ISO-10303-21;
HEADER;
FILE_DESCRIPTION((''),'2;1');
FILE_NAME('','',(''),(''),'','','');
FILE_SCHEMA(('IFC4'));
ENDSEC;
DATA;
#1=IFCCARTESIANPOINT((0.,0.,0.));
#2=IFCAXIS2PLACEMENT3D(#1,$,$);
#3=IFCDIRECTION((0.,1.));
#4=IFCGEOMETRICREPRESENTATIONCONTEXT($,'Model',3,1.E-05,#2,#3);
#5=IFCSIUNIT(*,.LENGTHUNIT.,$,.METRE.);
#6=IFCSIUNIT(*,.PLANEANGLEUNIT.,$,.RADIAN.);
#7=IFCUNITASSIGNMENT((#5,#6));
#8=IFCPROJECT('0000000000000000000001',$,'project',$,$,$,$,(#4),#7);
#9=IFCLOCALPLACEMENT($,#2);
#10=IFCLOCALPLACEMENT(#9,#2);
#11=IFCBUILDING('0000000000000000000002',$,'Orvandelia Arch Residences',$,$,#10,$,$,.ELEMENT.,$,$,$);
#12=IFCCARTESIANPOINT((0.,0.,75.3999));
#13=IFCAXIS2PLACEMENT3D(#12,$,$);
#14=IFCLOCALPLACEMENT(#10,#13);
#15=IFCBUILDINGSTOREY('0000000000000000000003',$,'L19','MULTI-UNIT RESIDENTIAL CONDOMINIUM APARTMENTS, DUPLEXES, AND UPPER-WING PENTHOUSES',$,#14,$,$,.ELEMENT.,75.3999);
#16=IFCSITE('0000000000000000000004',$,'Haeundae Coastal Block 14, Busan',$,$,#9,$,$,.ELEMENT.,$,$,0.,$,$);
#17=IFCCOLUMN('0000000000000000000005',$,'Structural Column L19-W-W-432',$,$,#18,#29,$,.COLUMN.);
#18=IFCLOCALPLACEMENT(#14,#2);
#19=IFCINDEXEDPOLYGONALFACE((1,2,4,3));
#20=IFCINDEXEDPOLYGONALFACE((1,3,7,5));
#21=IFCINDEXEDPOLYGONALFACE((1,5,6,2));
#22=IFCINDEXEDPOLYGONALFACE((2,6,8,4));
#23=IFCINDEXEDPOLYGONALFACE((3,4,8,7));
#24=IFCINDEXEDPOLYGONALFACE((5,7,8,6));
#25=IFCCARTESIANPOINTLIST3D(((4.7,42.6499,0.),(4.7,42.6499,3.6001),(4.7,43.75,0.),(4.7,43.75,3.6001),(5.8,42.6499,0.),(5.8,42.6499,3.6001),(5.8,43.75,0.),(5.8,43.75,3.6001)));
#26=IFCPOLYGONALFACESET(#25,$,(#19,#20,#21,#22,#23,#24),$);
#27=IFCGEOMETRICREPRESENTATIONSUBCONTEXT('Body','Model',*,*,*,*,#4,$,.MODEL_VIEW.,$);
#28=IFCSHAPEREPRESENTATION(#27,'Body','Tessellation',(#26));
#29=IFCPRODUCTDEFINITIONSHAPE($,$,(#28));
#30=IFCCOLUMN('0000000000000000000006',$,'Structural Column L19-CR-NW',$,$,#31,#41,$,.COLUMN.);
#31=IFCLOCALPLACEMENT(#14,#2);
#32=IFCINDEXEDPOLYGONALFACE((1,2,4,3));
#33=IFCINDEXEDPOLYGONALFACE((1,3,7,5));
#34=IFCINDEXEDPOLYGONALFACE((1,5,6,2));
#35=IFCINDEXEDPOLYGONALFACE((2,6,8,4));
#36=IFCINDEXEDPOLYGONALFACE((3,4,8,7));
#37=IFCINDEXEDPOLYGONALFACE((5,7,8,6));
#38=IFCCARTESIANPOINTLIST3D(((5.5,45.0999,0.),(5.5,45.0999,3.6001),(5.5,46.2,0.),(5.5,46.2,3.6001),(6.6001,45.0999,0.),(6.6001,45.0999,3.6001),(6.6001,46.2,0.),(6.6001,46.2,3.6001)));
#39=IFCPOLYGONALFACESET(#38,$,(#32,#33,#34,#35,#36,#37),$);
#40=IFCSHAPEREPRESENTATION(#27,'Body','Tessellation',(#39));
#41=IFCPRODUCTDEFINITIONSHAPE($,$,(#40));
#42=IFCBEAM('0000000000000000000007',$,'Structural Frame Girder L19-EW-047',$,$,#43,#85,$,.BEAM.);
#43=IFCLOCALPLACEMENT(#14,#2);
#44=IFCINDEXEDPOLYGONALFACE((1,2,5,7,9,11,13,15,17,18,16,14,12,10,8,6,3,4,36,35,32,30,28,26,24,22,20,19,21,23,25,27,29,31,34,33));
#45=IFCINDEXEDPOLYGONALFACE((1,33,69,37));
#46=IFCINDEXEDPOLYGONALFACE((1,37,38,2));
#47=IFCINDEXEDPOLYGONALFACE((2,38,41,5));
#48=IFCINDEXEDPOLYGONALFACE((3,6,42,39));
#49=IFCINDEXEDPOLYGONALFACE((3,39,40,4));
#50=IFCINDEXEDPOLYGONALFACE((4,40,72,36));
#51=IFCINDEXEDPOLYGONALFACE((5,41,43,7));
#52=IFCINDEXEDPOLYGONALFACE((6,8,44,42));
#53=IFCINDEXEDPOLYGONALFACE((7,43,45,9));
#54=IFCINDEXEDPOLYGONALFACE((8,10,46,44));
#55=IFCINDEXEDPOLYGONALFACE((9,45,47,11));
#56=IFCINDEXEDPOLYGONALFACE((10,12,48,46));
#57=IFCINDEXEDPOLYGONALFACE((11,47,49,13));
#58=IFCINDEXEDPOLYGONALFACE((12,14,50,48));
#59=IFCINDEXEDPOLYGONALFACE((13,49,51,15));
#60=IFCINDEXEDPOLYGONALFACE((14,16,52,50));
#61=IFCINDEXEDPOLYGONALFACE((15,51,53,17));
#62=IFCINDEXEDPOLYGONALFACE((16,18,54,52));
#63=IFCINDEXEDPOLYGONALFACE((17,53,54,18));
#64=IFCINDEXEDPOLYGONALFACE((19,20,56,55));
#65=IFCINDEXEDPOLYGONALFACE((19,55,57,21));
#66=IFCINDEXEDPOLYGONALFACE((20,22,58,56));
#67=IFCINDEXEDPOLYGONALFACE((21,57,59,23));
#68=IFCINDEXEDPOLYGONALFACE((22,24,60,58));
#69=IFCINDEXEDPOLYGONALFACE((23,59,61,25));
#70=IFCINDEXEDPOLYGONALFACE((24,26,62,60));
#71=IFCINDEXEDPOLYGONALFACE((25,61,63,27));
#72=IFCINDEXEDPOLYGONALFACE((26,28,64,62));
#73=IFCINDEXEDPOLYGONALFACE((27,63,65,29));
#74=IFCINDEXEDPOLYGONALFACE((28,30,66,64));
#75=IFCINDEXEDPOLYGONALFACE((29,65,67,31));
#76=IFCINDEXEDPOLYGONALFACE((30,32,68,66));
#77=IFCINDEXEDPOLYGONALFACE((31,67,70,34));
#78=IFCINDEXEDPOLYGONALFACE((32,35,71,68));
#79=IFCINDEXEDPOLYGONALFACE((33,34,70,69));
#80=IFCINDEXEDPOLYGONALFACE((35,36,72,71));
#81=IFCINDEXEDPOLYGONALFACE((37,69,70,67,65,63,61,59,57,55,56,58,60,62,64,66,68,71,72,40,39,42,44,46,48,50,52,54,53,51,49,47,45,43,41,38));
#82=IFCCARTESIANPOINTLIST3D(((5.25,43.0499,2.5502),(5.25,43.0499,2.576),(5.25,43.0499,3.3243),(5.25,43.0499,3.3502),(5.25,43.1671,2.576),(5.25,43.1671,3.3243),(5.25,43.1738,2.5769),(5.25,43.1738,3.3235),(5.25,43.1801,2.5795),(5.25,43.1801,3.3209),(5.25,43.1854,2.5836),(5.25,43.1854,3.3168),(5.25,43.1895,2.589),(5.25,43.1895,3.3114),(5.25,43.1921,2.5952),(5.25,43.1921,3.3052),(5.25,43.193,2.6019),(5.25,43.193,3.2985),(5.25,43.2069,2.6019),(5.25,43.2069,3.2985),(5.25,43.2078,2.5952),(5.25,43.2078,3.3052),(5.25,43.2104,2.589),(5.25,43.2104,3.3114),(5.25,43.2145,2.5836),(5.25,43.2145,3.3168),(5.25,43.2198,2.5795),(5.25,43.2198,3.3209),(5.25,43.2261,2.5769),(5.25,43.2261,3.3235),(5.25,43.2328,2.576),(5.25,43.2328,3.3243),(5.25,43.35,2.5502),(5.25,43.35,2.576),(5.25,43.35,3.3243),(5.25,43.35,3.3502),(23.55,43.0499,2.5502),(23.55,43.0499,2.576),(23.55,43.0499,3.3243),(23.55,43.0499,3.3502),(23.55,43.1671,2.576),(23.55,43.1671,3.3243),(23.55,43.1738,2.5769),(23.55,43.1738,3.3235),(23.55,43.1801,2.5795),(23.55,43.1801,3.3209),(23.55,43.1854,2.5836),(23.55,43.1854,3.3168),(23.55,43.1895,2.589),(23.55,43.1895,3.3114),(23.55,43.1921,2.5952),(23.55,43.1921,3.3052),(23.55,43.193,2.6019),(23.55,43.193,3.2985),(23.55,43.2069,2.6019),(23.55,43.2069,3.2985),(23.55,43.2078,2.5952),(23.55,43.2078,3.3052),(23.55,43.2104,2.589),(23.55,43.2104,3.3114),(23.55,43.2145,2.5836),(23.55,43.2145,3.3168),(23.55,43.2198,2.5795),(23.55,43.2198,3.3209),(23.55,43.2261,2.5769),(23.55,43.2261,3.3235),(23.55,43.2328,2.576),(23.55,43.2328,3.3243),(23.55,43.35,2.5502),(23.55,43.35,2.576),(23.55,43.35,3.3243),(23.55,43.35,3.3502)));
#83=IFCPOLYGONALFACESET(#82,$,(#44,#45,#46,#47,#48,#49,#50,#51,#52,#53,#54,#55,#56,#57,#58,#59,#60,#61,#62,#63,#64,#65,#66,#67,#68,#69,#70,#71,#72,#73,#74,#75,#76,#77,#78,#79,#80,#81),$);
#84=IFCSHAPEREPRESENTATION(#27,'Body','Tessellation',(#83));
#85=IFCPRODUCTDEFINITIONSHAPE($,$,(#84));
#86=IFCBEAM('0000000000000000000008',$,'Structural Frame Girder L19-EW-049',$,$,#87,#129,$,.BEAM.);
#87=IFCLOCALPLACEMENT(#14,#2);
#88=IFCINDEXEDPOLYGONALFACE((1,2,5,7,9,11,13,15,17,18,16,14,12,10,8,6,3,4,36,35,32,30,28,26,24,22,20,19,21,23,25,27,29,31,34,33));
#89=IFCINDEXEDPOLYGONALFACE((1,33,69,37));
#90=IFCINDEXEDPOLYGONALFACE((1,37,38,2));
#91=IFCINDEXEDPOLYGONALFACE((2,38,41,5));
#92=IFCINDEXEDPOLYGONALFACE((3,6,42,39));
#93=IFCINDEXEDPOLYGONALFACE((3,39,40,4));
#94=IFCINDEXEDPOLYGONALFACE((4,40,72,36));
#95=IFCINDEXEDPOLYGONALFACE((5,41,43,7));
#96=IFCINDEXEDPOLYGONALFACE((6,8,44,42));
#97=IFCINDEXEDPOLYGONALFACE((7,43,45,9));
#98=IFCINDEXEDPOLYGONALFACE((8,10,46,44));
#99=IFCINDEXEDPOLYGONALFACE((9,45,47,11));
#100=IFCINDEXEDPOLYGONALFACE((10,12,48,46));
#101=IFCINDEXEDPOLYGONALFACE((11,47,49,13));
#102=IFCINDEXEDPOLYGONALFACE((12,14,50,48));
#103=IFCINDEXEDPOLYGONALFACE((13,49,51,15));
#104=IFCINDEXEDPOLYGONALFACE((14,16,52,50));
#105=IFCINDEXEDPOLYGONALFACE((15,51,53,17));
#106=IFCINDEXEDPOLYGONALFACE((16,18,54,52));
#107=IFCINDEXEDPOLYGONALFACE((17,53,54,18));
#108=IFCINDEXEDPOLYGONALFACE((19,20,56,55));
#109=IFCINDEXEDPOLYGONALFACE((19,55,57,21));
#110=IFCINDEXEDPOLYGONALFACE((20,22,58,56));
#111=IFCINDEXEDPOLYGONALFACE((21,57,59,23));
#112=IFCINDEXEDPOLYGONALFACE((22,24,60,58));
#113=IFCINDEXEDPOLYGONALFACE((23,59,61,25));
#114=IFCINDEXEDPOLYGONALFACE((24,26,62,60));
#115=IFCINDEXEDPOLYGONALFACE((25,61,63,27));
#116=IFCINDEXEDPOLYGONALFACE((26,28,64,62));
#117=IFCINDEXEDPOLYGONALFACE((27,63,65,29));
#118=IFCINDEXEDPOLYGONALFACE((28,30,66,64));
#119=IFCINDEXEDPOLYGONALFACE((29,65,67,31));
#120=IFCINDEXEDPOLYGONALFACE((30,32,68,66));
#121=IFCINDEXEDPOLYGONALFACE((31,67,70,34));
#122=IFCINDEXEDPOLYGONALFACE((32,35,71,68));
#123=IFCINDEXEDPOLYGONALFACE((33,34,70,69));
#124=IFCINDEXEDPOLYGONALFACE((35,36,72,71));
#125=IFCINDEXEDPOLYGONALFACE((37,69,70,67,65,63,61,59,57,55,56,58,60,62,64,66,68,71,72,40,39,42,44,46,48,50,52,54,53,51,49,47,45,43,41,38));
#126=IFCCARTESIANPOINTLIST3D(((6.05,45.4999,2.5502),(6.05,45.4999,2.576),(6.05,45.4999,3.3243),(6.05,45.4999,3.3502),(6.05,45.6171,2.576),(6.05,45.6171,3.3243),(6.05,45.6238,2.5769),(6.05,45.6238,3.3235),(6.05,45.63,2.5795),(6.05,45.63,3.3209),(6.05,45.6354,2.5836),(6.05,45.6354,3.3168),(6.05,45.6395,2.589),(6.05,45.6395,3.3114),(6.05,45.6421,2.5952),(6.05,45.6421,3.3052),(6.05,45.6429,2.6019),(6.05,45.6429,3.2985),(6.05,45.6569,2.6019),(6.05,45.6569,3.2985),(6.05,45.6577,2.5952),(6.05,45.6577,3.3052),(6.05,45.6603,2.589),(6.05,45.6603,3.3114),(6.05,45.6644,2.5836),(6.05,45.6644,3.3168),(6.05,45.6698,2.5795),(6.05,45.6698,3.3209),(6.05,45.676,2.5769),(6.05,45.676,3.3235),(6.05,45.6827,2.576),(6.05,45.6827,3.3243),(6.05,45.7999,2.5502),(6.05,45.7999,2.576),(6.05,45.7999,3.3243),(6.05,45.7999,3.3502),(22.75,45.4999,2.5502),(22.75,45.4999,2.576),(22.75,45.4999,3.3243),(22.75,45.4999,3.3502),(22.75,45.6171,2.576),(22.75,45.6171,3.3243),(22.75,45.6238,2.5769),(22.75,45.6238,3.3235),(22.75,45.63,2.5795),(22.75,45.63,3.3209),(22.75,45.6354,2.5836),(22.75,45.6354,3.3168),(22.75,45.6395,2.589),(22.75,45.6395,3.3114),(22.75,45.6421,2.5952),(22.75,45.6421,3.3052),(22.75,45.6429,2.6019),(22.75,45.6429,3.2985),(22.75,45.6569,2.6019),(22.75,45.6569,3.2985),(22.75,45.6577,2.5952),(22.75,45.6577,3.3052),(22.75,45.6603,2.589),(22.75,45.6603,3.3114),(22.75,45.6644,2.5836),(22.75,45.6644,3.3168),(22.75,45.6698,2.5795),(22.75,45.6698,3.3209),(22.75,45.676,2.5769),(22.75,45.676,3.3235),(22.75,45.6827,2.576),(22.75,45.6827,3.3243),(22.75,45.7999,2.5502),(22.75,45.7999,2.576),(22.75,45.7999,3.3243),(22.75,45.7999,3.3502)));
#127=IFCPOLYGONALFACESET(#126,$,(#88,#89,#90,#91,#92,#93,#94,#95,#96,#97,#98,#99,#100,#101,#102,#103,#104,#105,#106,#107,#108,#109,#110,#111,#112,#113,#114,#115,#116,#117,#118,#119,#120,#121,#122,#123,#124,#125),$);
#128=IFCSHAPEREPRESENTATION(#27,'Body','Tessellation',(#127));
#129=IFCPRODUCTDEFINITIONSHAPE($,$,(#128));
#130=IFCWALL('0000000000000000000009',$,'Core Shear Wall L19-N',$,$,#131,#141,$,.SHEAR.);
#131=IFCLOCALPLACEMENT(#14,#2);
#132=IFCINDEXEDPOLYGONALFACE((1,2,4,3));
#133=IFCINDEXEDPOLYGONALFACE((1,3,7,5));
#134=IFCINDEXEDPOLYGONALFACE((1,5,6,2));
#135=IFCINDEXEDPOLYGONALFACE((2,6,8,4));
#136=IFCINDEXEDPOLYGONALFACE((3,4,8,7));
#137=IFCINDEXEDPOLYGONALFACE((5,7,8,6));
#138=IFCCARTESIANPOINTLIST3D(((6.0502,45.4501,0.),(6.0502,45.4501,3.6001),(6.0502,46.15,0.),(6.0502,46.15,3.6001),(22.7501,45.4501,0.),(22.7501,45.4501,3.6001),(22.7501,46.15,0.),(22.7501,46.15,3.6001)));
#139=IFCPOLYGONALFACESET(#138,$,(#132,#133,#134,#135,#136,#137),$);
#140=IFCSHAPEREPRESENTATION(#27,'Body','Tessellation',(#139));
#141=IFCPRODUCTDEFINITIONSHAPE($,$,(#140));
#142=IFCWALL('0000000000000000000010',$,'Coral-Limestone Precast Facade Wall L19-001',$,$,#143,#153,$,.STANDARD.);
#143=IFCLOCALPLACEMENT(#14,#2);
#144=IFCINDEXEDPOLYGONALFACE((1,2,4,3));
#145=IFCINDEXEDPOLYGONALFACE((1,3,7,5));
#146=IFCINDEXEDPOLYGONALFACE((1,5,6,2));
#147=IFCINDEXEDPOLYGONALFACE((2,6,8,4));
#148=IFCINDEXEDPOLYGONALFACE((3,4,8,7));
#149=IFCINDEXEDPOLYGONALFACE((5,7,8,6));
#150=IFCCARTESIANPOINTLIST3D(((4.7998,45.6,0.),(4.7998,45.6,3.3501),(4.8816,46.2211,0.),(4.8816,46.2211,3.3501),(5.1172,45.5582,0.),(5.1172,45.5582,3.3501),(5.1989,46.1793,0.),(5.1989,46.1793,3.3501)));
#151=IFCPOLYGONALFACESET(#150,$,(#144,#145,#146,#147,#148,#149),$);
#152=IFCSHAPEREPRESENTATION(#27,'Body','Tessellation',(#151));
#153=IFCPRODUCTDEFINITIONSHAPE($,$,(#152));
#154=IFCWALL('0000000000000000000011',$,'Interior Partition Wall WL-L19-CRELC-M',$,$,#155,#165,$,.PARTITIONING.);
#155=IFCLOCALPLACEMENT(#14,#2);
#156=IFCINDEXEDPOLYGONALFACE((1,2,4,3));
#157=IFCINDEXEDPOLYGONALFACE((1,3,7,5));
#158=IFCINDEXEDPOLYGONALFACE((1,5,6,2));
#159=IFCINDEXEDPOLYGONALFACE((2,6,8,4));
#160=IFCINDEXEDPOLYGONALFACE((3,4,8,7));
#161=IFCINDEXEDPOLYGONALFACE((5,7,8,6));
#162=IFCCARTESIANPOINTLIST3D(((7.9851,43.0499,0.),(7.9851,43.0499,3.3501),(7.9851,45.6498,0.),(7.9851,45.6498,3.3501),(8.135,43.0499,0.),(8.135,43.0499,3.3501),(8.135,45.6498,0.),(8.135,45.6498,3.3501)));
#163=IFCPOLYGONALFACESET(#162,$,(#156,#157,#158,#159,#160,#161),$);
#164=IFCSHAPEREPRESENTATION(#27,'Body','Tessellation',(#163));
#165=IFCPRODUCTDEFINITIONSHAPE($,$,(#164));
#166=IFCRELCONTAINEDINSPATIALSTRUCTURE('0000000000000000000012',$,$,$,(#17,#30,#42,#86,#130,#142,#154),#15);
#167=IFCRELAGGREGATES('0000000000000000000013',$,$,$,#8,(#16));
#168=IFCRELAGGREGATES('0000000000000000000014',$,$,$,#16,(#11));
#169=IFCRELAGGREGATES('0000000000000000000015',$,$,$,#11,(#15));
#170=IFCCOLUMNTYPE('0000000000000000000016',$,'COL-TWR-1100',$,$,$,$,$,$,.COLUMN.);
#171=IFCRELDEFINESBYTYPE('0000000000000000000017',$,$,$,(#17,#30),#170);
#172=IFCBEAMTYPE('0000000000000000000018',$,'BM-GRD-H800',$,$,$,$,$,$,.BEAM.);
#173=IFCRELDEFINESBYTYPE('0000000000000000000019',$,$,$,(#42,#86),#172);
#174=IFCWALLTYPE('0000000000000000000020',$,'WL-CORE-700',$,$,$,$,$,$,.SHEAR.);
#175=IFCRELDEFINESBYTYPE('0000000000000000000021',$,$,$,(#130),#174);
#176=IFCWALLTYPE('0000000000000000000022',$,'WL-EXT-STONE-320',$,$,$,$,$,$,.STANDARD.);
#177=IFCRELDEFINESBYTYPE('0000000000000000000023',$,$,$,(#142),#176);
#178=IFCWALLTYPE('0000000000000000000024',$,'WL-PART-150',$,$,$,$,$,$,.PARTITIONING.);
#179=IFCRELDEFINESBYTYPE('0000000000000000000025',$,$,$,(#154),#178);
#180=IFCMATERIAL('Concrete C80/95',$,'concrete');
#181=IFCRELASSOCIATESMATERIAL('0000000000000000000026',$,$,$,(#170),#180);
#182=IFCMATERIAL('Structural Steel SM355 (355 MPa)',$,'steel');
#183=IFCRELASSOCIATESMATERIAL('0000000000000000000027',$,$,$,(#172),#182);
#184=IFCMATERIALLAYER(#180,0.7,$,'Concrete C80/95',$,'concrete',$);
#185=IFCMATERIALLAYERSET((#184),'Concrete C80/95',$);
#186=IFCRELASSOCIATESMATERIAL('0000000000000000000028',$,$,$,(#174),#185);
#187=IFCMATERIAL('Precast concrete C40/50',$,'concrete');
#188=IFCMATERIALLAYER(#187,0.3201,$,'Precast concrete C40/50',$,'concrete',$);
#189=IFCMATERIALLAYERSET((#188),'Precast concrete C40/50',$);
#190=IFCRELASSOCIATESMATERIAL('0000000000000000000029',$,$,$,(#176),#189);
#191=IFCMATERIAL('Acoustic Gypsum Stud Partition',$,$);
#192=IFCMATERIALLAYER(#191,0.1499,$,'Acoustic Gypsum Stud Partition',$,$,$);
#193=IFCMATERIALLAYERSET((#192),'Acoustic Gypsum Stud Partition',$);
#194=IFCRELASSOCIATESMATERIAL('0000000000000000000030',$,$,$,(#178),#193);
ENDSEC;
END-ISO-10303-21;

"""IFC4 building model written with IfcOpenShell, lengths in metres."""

from ifc_helpers import new_model, si_unit, direction, frame, frame_2d, origin, origin_2d, place, context, subcontext, project, spatial, rectangle, i_section, extrude, material, layer, layer_set, material_profile, profile_set, type_object, element, save


model = new_model("IFC4")

# Units and contexts
model_context = context("Model", 3, precision=1e-05, world=origin(), true_north=direction((0.0, 1.0)))
body_context = subcontext(model_context, "Body", "Model", "MODEL_VIEW")
ifc_project = project(units=[si_unit("LENGTHUNIT", "METRE"), si_unit("PLANEANGLEUNIT", "RADIAN")], contexts=[model_context])

# Site, building, storey
site_placement = place(None, origin())
site = spatial("IfcSite", under=ifc_project, at=site_placement, Name="Haeundae Coastal Block 14, Busan", CompositionType="ELEMENT", RefElevation=0.0)
building_placement = place(site_placement, origin())
building = spatial("IfcBuilding", under=site, at=building_placement, Name="Orvandelia Arch Residences", CompositionType="ELEMENT")
storey_placement = place(building_placement, frame((0.0, 0.0, 75.3999)))
storey = spatial("IfcBuildingStorey", under=building, at=storey_placement, Name="L19", Description="MULTI-UNIT RESIDENTIAL CONDOMINIUM APARTMENTS, DUPLEXES, AND UPPER-WING PENTHOUSES", CompositionType="ELEMENT", Elevation=75.3999)

# Columns
ifc_material_1 = material(Name="Concrete C80/95", Category="concrete")
ifc_material_profile_1 = material_profile(ifc_material_1, rectangle(XDim=1.1001, YDim=1.1001, at=origin_2d()), Name="Concrete C80/95", Category="concrete")
ifc_profile_set_1 = profile_set([ifc_material_profile_1], Name="Concrete C80/95")
column_type = type_object("IfcColumnType", Name="COL-TWR-1100", PredefinedType="COLUMN", material=ifc_profile_set_1)
for number, where, z_axis, x_axis, name in (
    (1, (5.25, 43.2, 0.0), (0.0, 0.0, 1.0), (1.0, 0.0, 0.0), "Structural Column L19-W-W-432"),
    (2, (6.05, 45.6499, 0.0), (0.0, 0.0, 1.0), (1.0, 0.0, 0.0), "Structural Column L19-CR-NW"),
):
    element("IfcColumn", number, at=place(storey_placement, frame(where, z_axis=z_axis, x_axis=x_axis)), inside=storey, type_object=column_type, Name=name, PredefinedType="COLUMN", context=body_context, shape_type="SweptSolid", body=[
        extrude(rectangle(XDim=1.1001, YDim=1.1001, at=origin_2d()), origin(), (0.0, 0.0, 1.0), 3.6001),
    ])

# Beams
ifc_material_2 = material(Name="Structural Steel SM355 (355 MPa)", Category="steel")
ifc_material_profile_2 = material_profile(ifc_material_2, i_section(OverallWidth=0.3, OverallDepth=0.8, WebThickness=0.0139, FlangeThickness=0.0259, FilletRadius=0.0259, at=origin_2d()), Name="Structural Steel SM355 (355 MPa)", Category="steel")
ifc_profile_set_2 = profile_set([ifc_material_profile_2], Name="Structural Steel SM355 (355 MPa)")
beam_type = type_object("IfcBeamType", Name="BM-GRD-H800", PredefinedType="BEAM", material=ifc_profile_set_2)
beam_1_placement = place(storey_placement, frame((5.25, 43.2, 2.9502), z_axis=(1.0, 0.0, 0.0), x_axis=(0.0, 1.0, 0.0)))
element("IfcBeam", 3, at=beam_1_placement, inside=storey, type_object=beam_type, Name="Structural Frame Girder L19-EW-047", PredefinedType="BEAM", context=body_context, shape_type="SweptSolid", body=[
    extrude(i_section(OverallWidth=0.3, OverallDepth=0.8, WebThickness=0.0139, FlangeThickness=0.0259, FilletRadius=0.0259, at=origin_2d()), origin(), (0.0, 0.0, 1.0), 18.3),
])
beam_2_placement = place(storey_placement, frame((6.05, 45.6499, 2.9502), z_axis=(1.0, 0.0, 0.0), x_axis=(0.0, 1.0, 0.0)))
element("IfcBeam", 4, at=beam_2_placement, inside=storey, type_object=beam_type, Name="Structural Frame Girder L19-EW-049", PredefinedType="BEAM", context=body_context, shape_type="SweptSolid", body=[
    extrude(i_section(OverallWidth=0.3, OverallDepth=0.8, WebThickness=0.0139, FlangeThickness=0.0259, FilletRadius=0.0259, at=origin_2d()), origin(), (0.0, 0.0, 1.0), 16.7),
])

# Walls
ifc_layer_1 = layer(ifc_material_1, 0.7, Name="Concrete C80/95", Category="concrete")
ifc_layer_set_1 = layer_set([ifc_layer_1], Name="Concrete C80/95")
wall_type_1 = type_object("IfcWallType", Name="WL-CORE-700", PredefinedType="SHEAR", material=ifc_layer_set_1)
wall_1_placement = place(storey_placement, frame((6.05, 45.8, 0.0), z_axis=(0.0, 0.0, 1.0), x_axis=(1.0, 0.0, 0.0)))
element("IfcWall", 5, at=wall_1_placement, inside=storey, type_object=wall_type_1, Name="Core Shear Wall L19-N", PredefinedType="SHEAR", context=body_context, shape_type="SweptSolid", body=[
    extrude(rectangle(XDim=16.7, YDim=0.7, at=frame_2d((8.3501, 0.0))), origin(), (0.0, 0.0, 1.0), 3.6001),
])
ifc_material_3 = material(Name="Precast concrete C40/50", Category="concrete")
ifc_layer_2 = layer(ifc_material_3, 0.3201, Name="Precast concrete C40/50", Category="concrete")
ifc_layer_set_2 = layer_set([ifc_layer_2], Name="Precast concrete C40/50")
wall_type_2 = type_object("IfcWallType", Name="WL-EXT-STONE-320", PredefinedType="STANDARD", material=ifc_layer_set_2)
wall_2_placement = place(storey_placement, frame((4.9585, 45.5791, 0.0), z_axis=(0.0, 0.0, 1.0), x_axis=(0.130555, 0.991441, 0.0)))
element("IfcWall", 6, at=wall_2_placement, inside=storey, type_object=wall_type_2, Name="Coral-Limestone Precast Facade Wall L19-001", PredefinedType="STANDARD", context=body_context, shape_type="SweptSolid", body=[
    extrude(rectangle(XDim=0.6265, YDim=0.3201, at=frame_2d((0.3132, 0.0))), origin(), (0.0, 0.0, 1.0), 3.3501),
])
ifc_material_4 = material(Name="Acoustic Gypsum Stud Partition")
ifc_layer_3 = layer(ifc_material_4, 0.1499, Name="Acoustic Gypsum Stud Partition")
ifc_layer_set_3 = layer_set([ifc_layer_3], Name="Acoustic Gypsum Stud Partition")
wall_type_3 = type_object("IfcWallType", Name="WL-PART-150", PredefinedType="PARTITIONING", material=ifc_layer_set_3)
wall_3_placement = place(storey_placement, frame((8.0601, 43.05, 0.0), z_axis=(0.0, 0.0, 1.0), x_axis=(0.0, 1.0, 0.0)))
element("IfcWall", 7, at=wall_3_placement, inside=storey, type_object=wall_type_3, Name="Interior Partition Wall WL-L19-CRELC-M", PredefinedType="PARTITIONING", context=body_context, shape_type="SweptSolid", body=[
    extrude(rectangle(XDim=2.5999, YDim=0.1499, at=frame_2d((1.2998, 0.0))), origin(), (0.0, 0.0, 1.0), 3.3501),
])

save(model, "model.ifc")
